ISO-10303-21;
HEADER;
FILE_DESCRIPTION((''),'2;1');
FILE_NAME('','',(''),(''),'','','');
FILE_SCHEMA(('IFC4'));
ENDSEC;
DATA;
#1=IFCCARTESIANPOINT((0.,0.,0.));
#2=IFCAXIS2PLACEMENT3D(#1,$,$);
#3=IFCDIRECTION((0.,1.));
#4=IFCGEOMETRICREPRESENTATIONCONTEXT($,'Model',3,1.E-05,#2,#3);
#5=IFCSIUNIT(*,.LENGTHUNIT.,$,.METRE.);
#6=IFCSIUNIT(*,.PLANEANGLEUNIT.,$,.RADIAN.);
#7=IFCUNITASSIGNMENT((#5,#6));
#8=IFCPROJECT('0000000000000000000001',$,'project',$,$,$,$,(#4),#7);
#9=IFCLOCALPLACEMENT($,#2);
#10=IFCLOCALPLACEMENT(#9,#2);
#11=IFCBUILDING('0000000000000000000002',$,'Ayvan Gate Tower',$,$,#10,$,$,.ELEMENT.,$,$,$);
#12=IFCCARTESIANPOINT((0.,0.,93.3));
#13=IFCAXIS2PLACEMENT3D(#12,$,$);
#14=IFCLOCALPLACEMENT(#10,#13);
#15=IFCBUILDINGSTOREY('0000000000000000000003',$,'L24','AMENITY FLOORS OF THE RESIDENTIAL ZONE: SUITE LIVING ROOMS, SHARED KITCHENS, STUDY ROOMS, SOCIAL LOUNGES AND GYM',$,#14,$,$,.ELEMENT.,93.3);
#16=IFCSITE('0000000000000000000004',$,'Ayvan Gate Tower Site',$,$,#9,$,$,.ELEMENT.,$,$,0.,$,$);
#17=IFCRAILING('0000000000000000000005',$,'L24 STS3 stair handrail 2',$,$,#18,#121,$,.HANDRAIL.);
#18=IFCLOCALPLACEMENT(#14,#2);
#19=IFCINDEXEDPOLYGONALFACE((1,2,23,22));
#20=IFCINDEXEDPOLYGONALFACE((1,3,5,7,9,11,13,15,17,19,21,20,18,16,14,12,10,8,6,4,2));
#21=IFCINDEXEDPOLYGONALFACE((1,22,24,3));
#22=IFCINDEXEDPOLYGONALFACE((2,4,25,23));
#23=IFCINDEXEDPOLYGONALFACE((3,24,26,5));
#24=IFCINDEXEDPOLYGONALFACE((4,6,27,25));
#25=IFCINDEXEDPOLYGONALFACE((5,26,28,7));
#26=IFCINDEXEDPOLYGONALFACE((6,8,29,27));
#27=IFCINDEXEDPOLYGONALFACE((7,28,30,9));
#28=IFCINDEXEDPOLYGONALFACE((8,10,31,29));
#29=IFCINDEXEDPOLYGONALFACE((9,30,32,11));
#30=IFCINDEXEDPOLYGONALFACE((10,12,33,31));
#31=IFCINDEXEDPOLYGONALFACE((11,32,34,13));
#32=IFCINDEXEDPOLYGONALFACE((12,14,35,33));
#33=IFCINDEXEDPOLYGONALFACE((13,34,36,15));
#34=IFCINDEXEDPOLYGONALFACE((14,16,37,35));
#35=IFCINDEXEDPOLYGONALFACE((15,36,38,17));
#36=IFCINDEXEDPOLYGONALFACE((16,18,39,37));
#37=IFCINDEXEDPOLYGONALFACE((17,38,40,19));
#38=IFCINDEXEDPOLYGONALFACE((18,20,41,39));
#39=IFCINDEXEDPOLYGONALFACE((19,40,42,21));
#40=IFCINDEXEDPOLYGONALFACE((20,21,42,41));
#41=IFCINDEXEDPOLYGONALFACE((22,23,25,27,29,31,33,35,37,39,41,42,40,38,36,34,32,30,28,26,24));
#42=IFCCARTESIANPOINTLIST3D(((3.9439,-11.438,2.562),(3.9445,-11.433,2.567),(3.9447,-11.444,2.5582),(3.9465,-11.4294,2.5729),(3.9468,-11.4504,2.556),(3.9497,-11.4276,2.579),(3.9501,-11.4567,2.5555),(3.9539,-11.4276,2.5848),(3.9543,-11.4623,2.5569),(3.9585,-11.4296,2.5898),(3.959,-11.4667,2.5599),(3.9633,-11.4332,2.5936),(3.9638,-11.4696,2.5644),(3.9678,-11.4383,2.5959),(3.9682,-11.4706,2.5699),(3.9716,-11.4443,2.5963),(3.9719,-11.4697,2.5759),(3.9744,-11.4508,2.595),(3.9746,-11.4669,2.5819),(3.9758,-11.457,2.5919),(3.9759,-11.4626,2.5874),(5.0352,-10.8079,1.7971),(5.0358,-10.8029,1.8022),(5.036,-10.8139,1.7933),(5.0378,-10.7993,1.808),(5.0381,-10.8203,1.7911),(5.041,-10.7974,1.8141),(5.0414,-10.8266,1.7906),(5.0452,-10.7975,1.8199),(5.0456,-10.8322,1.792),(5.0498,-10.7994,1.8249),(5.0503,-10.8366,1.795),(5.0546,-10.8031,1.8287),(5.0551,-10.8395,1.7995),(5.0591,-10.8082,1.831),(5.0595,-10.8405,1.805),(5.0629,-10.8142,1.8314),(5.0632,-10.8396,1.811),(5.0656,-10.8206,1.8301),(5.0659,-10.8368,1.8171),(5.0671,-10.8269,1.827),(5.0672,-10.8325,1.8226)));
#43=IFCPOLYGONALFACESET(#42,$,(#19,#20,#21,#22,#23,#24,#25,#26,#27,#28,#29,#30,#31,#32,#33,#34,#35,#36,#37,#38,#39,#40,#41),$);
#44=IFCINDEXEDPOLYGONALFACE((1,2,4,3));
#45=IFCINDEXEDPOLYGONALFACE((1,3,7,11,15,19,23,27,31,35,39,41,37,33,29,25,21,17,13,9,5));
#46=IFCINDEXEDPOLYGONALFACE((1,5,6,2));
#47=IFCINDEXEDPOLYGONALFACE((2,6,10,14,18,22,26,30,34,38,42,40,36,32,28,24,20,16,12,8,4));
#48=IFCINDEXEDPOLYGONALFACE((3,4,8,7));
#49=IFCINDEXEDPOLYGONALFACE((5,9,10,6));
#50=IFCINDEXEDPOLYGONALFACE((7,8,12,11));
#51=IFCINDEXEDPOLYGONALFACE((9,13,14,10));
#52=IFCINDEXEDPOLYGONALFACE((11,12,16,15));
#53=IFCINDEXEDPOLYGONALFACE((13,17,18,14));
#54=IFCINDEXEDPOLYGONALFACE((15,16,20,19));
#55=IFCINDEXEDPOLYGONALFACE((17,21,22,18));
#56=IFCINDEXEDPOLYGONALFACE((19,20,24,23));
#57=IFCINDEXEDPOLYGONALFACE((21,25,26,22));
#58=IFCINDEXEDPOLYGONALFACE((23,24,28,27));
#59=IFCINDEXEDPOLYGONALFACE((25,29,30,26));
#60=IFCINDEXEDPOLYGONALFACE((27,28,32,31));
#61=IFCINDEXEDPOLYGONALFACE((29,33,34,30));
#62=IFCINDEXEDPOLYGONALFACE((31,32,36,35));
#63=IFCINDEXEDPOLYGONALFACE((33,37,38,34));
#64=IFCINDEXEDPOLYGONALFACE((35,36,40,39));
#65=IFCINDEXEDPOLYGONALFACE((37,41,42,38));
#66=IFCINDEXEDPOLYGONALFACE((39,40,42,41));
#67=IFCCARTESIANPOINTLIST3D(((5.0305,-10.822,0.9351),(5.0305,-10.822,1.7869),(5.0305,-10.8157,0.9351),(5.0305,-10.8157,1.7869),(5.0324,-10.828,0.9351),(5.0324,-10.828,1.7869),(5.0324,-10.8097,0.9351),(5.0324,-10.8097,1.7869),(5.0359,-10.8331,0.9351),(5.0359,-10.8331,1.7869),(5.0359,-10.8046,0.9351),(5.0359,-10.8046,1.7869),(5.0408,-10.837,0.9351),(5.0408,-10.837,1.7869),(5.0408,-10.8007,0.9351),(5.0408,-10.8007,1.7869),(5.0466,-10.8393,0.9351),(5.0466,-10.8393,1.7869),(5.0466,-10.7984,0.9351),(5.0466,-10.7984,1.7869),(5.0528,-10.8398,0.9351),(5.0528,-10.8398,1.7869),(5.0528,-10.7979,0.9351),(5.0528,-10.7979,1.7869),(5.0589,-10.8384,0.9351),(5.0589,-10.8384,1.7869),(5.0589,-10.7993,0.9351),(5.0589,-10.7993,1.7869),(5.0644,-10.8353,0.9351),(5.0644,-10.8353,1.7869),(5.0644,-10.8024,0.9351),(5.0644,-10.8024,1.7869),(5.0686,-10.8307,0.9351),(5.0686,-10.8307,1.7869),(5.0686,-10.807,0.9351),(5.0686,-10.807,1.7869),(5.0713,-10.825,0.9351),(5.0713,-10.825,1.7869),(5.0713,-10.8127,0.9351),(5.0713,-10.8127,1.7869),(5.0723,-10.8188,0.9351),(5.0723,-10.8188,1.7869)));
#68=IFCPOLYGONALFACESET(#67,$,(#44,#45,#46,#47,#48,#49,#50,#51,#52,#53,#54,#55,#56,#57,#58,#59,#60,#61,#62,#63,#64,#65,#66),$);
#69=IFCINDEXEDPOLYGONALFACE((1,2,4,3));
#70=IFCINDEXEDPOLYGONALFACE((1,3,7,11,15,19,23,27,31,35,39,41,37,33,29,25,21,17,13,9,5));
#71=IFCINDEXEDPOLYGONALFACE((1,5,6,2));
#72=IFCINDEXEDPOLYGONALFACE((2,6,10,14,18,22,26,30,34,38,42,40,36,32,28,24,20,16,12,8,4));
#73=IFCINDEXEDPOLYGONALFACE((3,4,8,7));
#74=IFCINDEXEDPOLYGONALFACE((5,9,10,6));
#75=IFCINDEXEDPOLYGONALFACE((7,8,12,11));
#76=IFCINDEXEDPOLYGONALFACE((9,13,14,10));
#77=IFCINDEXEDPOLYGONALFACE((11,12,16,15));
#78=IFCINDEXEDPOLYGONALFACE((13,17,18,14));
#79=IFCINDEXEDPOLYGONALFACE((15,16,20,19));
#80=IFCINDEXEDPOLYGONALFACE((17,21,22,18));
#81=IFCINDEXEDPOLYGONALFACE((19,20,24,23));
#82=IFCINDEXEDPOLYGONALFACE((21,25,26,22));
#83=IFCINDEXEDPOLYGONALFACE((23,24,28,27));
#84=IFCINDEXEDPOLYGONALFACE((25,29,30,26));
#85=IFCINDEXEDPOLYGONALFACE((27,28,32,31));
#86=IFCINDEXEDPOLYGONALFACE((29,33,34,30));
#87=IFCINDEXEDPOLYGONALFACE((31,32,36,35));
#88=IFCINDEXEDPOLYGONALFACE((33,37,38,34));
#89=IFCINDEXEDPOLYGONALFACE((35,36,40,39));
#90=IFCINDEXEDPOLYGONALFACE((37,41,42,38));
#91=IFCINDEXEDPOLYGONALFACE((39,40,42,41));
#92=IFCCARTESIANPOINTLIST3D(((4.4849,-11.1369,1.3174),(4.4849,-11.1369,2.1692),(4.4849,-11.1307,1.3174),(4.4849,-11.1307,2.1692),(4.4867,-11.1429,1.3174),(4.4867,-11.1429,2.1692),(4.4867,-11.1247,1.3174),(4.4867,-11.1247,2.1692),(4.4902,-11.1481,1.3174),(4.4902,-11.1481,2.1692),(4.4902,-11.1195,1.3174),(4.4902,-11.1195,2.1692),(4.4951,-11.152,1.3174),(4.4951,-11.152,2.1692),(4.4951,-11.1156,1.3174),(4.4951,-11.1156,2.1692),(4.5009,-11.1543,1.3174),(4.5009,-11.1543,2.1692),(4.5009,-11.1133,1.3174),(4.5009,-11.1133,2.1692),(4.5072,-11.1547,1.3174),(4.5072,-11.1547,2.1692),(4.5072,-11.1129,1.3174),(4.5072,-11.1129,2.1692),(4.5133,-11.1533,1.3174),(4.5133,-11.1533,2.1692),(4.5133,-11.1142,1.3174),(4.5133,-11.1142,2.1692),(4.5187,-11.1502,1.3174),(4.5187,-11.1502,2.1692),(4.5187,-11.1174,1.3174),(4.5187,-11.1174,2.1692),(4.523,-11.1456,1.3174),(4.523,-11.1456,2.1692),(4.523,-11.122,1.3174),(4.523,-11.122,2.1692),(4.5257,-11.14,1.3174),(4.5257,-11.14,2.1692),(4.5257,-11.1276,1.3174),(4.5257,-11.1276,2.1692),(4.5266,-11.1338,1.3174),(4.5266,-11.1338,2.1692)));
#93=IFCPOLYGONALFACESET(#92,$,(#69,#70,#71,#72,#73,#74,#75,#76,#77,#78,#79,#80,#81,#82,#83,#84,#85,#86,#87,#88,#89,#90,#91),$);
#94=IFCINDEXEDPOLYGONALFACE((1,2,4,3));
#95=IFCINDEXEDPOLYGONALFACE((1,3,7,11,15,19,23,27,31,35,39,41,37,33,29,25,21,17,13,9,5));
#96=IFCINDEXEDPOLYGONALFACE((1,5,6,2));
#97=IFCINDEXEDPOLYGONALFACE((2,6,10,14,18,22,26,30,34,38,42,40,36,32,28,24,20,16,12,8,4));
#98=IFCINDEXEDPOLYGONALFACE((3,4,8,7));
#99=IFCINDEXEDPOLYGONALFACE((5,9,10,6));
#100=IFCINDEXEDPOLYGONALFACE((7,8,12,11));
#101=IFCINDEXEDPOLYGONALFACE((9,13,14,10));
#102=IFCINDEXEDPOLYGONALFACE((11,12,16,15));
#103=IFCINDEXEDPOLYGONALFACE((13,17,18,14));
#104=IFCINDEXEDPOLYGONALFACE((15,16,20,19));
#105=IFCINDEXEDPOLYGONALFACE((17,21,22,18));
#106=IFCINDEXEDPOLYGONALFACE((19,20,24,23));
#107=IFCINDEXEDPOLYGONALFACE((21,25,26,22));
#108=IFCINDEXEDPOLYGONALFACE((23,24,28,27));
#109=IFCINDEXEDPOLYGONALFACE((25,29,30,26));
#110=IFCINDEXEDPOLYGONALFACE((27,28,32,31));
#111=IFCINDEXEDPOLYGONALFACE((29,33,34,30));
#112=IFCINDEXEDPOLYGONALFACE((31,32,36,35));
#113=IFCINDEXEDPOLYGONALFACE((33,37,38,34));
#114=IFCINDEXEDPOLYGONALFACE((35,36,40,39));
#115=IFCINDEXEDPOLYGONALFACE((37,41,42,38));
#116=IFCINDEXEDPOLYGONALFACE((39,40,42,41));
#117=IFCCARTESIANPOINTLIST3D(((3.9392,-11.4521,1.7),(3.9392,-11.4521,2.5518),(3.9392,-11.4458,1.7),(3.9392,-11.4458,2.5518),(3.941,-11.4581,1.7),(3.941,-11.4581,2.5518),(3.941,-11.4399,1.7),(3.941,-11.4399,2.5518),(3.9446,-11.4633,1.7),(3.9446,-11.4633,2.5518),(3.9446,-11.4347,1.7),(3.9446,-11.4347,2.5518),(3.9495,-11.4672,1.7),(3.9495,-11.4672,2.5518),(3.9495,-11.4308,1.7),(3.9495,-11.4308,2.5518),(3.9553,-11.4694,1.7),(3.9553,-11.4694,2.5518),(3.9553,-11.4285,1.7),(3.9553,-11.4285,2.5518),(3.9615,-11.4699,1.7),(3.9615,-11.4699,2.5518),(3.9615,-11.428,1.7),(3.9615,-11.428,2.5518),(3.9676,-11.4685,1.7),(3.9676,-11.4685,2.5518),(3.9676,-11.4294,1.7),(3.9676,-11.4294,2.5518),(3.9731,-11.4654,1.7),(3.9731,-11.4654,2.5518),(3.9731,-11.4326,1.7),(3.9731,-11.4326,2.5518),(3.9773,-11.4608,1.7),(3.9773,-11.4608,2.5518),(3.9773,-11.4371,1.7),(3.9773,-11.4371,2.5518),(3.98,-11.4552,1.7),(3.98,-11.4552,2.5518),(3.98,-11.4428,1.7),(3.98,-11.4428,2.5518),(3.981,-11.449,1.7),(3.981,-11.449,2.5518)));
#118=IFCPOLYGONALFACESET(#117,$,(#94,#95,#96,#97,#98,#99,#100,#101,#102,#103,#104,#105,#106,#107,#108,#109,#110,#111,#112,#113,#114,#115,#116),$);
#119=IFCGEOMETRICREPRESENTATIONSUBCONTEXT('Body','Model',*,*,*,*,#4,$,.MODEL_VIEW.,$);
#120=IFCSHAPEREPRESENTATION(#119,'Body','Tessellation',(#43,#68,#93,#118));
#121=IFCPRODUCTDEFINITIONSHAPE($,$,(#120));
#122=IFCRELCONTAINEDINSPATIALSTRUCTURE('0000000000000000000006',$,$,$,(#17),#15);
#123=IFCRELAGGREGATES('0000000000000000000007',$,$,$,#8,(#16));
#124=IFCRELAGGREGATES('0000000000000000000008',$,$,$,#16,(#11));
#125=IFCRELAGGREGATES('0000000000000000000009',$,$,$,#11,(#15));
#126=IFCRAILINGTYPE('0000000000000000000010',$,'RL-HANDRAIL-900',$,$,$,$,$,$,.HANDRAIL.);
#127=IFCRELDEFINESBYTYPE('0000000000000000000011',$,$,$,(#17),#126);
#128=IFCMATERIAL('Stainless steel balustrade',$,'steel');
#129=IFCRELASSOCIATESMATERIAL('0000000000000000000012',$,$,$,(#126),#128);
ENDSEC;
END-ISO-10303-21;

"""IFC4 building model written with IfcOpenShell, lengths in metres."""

from ifc_helpers import new_model, si_unit, direction, frame, origin, origin_2d, place, context, subcontext, project, spatial, circle, extrude, material, type_object, element, save


model = new_model("IFC4")

# Units and contexts
model_context = context("Model", 3, precision=1e-05, world=origin(), true_north=direction((0.0, 1.0)))
body_context = subcontext(model_context, "Body", "Model", "MODEL_VIEW")
ifc_project = project(units=[si_unit("LENGTHUNIT", "METRE"), si_unit("PLANEANGLEUNIT", "RADIAN")], contexts=[model_context])

# Site, building, storey
site_placement = place(None, origin())
site = spatial("IfcSite", under=ifc_project, at=site_placement, Name="Ayvan Gate Tower Site", CompositionType="ELEMENT", RefElevation=0.0)
building_placement = place(site_placement, origin())
building = spatial("IfcBuilding", under=site, at=building_placement, Name="Ayvan Gate Tower", CompositionType="ELEMENT")
storey_placement = place(building_placement, frame((0.0, 0.0, 93.3)))
storey = spatial("IfcBuildingStorey", under=building, at=storey_placement, Name="L24", Description="AMENITY FLOORS OF THE RESIDENTIAL ZONE: SUITE LIVING ROOMS, SHARED KITCHENS, STUDY ROOMS, SOCIAL LOUNGES AND GYM", CompositionType="ELEMENT", Elevation=93.3)

# Railing
ifc_material_1 = material(Name="Stainless steel balustrade", Category="steel")
railing_type_1 = type_object("IfcRailingType", Name="RL-HANDRAIL-900", PredefinedType="HANDRAIL", material=ifc_material_1)
railing_1_placement = place(storey_placement, frame((5.0513, -10.8188, 0.9351)))
element("IfcRailing", 1, at=railing_1_placement, inside=storey, type_object=railing_type_1, Name="L24 STS3 stair handrail 2", PredefinedType="HANDRAIL", context=body_context, shape_type="SweptSolid", body=[
    extrude(circle(Radius=0.0239, at=origin_2d()), frame((0.0, 0.0, 0.876), z_axis=(-0.740304, -0.427455, 0.518875), x_axis=(0.500035, -0.866005, 0.0)), (0.0, 0.0, 1.0), 1.4741),
    extrude(circle(Radius=0.021, at=origin_2d()), origin(), (0.0, 0.0, 1.0), 0.8518),
    extrude(circle(Radius=0.021, at=origin_2d()), frame((-0.5457, -0.3149, 0.3823)), (0.0, 0.0, 1.0), 0.8518),
    extrude(circle(Radius=0.021, at=origin_2d()), frame((-1.0913, -0.6301, 0.7649)), (0.0, 0.0, 1.0), 0.8518),
])

save(model, "model.ifc")
